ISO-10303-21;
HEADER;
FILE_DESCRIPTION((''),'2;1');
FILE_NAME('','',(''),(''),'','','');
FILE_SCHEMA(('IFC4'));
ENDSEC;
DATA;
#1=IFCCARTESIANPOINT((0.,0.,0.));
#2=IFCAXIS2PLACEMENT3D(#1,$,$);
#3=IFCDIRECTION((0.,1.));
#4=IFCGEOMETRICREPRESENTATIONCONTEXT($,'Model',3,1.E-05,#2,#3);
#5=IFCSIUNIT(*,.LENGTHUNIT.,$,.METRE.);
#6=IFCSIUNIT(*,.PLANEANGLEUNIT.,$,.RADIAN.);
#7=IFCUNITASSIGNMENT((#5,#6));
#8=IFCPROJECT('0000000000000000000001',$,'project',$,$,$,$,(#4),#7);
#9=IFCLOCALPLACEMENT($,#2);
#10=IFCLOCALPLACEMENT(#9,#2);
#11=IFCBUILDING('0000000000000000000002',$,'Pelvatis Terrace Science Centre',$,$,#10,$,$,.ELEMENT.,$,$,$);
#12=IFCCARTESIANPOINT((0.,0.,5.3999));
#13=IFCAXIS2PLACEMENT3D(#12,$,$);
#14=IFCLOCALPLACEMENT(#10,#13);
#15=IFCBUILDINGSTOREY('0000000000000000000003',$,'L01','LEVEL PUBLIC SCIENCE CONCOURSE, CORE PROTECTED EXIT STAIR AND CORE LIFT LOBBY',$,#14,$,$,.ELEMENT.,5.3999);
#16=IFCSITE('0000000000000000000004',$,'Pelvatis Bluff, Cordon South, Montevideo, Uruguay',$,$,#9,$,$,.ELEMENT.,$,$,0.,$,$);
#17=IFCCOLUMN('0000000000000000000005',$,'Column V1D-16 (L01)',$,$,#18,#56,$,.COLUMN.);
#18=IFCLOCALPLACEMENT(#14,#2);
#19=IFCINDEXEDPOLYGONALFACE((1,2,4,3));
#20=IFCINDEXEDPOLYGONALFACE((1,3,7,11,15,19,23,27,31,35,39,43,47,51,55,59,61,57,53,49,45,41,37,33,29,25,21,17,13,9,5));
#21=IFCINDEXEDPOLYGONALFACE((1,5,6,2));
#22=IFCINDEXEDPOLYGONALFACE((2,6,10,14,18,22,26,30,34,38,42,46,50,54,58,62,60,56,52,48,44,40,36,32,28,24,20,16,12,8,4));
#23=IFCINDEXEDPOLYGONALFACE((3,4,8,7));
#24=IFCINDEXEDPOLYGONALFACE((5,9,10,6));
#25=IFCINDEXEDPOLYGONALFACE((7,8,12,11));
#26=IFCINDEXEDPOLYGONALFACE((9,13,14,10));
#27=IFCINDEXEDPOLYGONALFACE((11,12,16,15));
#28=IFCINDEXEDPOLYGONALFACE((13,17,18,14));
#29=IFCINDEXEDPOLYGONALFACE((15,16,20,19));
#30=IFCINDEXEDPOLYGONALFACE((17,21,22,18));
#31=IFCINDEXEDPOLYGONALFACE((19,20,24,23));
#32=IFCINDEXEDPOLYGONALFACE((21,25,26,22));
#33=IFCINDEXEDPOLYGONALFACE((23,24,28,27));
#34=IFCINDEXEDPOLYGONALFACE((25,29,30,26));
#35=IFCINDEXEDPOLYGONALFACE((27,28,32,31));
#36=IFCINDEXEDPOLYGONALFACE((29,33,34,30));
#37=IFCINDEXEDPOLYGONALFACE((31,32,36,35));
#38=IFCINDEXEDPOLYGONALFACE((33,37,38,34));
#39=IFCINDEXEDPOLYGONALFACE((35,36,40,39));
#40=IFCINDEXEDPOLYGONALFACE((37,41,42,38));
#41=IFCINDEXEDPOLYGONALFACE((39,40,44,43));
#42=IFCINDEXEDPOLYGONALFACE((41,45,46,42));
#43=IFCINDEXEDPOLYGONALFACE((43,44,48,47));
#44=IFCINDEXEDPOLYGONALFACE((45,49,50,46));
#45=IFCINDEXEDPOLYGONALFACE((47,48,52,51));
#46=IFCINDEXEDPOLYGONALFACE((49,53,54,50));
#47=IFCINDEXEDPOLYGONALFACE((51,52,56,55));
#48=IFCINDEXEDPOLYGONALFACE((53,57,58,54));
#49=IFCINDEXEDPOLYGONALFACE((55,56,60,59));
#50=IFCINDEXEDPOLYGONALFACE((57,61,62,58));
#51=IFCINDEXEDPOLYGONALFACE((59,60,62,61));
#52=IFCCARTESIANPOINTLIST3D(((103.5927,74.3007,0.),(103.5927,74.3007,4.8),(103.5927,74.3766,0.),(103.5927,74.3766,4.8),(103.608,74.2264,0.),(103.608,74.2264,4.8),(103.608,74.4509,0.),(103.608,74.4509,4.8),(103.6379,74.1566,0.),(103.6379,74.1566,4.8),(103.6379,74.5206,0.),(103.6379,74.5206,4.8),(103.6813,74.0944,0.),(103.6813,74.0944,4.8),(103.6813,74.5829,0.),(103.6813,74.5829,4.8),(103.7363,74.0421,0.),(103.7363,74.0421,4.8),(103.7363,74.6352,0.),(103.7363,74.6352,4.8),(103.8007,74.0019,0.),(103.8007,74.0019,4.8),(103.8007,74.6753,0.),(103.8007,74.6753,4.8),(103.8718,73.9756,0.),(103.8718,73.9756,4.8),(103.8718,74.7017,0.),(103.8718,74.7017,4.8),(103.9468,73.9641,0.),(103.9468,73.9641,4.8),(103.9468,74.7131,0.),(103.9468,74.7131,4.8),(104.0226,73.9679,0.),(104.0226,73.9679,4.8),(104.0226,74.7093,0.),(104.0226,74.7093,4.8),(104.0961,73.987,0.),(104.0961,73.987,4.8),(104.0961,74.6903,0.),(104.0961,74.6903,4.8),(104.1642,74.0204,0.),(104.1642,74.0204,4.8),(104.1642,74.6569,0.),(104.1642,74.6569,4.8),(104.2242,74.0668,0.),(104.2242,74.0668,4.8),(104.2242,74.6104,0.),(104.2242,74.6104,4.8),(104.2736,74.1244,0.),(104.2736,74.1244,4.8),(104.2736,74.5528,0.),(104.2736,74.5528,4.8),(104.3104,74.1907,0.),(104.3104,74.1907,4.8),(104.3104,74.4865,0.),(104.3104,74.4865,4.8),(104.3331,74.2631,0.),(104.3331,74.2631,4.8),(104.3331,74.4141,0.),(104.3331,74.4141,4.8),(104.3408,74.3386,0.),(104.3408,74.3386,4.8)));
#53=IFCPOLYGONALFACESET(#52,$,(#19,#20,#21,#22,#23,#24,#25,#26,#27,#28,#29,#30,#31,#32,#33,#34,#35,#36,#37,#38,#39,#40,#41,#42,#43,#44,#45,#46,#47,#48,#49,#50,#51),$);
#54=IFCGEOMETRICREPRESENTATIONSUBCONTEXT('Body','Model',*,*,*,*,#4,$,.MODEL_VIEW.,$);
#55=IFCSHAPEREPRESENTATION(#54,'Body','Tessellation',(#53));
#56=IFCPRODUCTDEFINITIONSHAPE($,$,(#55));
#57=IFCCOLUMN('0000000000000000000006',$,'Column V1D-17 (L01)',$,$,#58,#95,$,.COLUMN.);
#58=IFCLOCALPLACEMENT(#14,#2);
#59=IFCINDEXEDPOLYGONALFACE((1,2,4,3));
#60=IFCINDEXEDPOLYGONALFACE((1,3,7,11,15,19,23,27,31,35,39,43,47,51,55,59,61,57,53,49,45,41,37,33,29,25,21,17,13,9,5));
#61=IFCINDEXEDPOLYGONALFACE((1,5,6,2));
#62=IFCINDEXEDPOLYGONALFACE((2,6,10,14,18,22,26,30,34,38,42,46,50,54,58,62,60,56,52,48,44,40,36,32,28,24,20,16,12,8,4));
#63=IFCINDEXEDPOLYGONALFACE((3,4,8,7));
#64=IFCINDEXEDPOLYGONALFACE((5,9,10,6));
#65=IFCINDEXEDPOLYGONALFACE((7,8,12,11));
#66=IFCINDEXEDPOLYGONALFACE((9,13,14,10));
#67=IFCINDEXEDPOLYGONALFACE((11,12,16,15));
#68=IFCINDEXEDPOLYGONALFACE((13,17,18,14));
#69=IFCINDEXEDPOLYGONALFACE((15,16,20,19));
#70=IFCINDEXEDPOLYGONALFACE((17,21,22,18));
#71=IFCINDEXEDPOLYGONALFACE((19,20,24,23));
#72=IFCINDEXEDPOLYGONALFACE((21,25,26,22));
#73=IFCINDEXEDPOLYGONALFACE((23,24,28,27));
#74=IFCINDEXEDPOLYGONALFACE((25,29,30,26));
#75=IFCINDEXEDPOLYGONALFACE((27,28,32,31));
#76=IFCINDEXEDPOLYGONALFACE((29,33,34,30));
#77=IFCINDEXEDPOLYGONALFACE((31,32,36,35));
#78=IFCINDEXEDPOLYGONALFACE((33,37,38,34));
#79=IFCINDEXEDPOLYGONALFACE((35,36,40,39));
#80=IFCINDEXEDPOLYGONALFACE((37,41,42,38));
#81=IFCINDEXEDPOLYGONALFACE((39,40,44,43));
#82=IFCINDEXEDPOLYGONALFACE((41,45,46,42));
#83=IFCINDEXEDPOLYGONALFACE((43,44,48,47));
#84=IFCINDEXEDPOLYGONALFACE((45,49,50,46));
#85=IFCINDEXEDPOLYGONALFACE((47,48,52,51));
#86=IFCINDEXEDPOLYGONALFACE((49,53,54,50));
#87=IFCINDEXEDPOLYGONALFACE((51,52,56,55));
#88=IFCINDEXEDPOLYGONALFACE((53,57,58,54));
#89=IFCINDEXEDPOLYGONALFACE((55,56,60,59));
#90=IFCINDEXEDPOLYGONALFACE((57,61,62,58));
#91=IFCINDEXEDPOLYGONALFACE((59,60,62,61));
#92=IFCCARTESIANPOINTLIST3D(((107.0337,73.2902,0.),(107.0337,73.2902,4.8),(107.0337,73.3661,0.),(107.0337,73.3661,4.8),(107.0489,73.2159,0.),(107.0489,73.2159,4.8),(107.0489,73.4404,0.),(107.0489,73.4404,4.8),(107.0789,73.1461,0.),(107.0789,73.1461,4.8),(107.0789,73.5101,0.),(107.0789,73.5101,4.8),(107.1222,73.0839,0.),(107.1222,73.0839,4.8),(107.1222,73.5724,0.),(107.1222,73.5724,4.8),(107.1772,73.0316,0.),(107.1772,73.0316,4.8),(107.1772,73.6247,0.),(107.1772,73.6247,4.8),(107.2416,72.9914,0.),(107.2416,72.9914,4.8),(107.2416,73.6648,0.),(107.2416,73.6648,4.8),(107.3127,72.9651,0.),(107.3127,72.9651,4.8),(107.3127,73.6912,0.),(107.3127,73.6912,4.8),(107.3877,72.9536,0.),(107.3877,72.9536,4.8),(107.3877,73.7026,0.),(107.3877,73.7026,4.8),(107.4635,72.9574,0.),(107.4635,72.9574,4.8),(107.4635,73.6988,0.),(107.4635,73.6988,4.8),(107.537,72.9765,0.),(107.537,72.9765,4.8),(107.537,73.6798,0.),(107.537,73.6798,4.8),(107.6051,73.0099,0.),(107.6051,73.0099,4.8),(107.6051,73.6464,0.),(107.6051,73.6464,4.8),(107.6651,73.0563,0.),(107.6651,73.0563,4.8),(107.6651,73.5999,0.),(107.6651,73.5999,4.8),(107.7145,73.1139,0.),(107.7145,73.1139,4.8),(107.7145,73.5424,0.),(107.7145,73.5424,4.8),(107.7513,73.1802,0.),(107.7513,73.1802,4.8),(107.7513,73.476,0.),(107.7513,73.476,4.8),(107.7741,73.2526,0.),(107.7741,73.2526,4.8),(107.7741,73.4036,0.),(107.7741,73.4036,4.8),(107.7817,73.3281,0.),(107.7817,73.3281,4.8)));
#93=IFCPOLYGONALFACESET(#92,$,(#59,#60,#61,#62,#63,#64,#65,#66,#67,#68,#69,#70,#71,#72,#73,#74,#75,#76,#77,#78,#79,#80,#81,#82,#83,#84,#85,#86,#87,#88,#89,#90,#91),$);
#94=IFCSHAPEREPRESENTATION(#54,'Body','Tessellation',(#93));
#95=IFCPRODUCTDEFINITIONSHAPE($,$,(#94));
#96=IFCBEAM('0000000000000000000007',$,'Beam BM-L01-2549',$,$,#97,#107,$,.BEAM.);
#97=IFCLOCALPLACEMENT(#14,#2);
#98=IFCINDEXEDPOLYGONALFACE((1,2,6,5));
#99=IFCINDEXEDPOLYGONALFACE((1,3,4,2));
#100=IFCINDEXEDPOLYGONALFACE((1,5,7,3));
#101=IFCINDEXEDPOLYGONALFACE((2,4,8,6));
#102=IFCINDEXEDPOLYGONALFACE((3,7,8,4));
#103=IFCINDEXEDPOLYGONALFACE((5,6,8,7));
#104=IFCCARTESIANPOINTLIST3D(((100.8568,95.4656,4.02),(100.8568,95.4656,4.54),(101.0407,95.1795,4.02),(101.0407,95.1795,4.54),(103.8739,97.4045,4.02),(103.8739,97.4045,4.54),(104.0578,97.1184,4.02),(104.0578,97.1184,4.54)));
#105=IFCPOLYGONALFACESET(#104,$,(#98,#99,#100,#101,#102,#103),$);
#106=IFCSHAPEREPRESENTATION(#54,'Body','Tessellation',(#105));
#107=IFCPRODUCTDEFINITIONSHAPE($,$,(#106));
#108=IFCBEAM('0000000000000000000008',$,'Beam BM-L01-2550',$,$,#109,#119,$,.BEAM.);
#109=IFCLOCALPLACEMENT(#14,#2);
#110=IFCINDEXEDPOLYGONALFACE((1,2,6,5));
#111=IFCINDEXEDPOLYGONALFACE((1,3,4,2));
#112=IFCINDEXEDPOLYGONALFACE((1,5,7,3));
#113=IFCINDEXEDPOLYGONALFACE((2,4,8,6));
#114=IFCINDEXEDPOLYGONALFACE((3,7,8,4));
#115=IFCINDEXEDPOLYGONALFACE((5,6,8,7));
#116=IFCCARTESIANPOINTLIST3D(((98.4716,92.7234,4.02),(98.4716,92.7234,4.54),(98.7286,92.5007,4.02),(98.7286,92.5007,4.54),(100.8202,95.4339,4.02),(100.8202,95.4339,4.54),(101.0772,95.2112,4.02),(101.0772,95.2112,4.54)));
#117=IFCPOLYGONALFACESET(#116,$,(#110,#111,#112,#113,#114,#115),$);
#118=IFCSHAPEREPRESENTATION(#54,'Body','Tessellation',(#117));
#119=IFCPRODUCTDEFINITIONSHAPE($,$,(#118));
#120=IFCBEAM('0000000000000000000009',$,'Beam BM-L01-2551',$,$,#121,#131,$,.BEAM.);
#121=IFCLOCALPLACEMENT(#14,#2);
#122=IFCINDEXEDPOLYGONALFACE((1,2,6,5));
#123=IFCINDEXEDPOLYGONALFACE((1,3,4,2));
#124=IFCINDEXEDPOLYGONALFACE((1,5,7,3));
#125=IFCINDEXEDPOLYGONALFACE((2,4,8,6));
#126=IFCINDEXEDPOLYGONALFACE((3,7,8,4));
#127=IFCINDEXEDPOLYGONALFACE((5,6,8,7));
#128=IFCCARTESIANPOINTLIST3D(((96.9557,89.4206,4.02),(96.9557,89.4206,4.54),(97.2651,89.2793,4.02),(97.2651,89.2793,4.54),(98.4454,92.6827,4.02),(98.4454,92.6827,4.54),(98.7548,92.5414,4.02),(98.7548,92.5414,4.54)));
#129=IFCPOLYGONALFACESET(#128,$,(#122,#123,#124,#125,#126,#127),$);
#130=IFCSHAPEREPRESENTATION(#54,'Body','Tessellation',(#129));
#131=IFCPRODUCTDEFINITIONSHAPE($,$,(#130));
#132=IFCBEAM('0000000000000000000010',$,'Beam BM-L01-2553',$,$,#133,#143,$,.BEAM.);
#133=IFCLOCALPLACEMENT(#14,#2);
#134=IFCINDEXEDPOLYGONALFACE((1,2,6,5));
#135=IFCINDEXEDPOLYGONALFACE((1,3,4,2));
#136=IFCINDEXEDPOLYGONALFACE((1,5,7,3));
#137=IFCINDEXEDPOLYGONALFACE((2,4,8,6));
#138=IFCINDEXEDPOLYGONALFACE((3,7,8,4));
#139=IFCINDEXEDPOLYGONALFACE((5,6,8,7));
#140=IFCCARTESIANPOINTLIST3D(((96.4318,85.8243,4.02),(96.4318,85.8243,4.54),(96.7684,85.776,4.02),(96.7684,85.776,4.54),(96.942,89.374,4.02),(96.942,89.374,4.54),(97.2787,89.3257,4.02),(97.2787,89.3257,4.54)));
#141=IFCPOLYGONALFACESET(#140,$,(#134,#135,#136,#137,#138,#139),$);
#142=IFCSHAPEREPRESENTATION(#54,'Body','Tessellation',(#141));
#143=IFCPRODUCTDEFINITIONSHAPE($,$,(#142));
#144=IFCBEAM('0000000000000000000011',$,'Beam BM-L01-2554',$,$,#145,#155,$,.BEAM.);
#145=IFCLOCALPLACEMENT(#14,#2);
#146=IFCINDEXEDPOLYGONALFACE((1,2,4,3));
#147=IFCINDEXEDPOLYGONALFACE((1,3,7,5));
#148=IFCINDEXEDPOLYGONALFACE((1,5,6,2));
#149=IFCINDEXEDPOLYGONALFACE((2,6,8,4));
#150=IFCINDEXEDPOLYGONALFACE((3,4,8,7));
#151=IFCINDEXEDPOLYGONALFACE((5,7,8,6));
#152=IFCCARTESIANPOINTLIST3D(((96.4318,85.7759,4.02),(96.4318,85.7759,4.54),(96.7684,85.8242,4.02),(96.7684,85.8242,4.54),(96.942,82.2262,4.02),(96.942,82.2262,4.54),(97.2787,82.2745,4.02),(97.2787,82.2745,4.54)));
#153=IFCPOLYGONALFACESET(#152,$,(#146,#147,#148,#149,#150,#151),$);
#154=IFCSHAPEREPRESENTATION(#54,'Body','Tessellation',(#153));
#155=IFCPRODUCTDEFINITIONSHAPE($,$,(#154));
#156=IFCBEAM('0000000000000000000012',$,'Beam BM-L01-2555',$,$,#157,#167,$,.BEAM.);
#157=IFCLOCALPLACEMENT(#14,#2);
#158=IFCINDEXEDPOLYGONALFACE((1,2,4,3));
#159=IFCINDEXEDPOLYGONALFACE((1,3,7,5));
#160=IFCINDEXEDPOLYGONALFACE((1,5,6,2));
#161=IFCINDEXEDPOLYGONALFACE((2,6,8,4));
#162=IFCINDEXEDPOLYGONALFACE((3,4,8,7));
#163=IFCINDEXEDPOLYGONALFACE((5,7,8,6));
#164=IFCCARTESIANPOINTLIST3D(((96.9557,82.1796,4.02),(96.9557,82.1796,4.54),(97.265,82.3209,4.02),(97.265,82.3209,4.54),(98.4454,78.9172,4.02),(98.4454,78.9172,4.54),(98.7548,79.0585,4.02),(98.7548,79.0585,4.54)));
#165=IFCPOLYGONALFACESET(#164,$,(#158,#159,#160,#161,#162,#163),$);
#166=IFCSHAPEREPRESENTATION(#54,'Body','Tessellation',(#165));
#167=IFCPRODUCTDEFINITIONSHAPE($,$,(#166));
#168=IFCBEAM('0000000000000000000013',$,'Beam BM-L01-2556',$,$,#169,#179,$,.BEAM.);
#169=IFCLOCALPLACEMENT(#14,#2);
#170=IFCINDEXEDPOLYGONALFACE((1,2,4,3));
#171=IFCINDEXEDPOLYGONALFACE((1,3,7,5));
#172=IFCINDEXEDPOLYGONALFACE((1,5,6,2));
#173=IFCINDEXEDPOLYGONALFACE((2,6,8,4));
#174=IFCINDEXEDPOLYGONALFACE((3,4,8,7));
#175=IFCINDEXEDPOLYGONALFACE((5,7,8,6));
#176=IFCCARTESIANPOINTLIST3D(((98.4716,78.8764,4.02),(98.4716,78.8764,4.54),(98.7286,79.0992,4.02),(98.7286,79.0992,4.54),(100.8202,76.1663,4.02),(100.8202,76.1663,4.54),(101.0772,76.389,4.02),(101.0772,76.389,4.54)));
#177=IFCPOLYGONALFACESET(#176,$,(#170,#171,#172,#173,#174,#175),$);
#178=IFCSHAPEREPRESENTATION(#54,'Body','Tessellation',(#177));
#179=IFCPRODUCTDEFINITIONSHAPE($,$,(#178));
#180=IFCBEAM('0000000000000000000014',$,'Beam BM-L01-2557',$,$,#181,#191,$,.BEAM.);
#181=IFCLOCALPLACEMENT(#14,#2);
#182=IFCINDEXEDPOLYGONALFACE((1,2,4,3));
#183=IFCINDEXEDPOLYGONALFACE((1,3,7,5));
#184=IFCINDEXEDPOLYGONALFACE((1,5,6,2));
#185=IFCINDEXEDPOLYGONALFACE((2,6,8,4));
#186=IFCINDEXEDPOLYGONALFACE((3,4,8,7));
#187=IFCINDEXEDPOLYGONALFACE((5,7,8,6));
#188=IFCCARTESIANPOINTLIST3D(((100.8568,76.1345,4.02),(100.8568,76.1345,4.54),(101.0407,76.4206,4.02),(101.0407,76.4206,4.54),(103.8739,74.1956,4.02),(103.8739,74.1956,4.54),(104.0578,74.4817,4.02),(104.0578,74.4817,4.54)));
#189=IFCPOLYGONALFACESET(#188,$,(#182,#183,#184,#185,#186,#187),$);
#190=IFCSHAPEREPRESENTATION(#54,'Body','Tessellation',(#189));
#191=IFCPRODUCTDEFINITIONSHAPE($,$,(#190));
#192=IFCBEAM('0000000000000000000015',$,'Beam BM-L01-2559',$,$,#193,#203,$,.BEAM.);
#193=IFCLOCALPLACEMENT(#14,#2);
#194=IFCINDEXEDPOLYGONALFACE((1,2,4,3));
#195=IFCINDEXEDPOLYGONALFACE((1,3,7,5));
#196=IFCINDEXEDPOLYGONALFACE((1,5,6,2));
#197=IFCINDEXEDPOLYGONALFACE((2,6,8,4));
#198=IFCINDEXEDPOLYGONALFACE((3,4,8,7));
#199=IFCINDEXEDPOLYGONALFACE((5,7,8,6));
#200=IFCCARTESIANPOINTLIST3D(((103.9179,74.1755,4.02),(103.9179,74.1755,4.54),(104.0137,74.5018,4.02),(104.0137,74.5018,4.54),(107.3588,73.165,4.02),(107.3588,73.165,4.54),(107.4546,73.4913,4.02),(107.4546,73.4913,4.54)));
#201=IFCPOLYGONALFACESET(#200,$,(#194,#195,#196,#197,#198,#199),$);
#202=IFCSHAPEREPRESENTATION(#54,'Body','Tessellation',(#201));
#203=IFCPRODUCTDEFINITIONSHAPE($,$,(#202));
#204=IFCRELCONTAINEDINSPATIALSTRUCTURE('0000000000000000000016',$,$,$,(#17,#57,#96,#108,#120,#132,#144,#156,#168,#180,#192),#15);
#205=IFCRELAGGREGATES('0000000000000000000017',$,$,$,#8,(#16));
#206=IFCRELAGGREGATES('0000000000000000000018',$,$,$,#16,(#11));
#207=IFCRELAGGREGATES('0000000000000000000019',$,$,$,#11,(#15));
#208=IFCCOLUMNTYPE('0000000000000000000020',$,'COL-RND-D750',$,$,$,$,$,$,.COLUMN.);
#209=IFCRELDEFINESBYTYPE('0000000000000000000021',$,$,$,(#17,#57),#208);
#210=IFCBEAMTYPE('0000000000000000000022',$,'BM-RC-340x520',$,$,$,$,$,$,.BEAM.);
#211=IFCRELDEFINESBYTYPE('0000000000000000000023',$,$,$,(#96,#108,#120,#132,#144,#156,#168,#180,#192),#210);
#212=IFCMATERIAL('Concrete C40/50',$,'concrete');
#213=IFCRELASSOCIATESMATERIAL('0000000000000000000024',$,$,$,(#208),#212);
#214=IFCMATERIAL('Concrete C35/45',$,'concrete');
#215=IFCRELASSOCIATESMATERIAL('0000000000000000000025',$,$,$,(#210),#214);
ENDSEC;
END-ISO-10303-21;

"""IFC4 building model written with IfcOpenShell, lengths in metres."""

from ifc_helpers import new_model, si_unit, direction, frame, origin, origin_2d, place, context, subcontext, project, spatial, rectangle, circle, extrude, material, material_profile, profile_set, type_object, element, save


model = new_model("IFC4")

# Units and contexts
model_context = context("Model", 3, precision=1e-05, world=origin(), true_north=direction((0.0, 1.0)))
body_context = subcontext(model_context, "Body", "Model", "MODEL_VIEW")
ifc_project = project(units=[si_unit("LENGTHUNIT", "METRE"), si_unit("PLANEANGLEUNIT", "RADIAN")], contexts=[model_context])

# Site, building, storey
site_placement = place(None, origin())
site = spatial("IfcSite", under=ifc_project, at=site_placement, Name="Pelvatis Bluff, Cordon South, Montevideo, Uruguay", CompositionType="ELEMENT", RefElevation=0.0)
building_placement = place(site_placement, origin())
building = spatial("IfcBuilding", under=site, at=building_placement, Name="Pelvatis Terrace Science Centre", CompositionType="ELEMENT")
storey_placement = place(building_placement, frame((0.0, 0.0, 5.3999)))
storey = spatial("IfcBuildingStorey", under=building, at=storey_placement, Name="L01", Description="LEVEL PUBLIC SCIENCE CONCOURSE, CORE PROTECTED EXIT STAIR AND CORE LIFT LOBBY", CompositionType="ELEMENT", Elevation=5.3999)

# Columns
ifc_material_1 = material(Name="Concrete C40/50", Category="concrete")
ifc_material_profile_1 = material_profile(ifc_material_1, circle(Radius=0.375, at=origin_2d()), Name="RC-RCOL D750")
ifc_profile_set_1 = profile_set([ifc_material_profile_1], Name="Concrete C40/50")
column_type_1 = type_object("IfcColumnType", Name="COL-RND-D750", PredefinedType="COLUMN", material=ifc_profile_set_1)
for number, where, z_axis, x_axis, name in (
    (1, (103.9658, 74.3386, 0.0), (0.0, 0.0, 1.0), (1.0, 0.0, 0.0), "Column V1D-16 (L01)"),
    (2, (107.4067, 73.3281, 0.0), (0.0, 0.0, 1.0), (1.0, 0.0, 0.0), "Column V1D-17 (L01)"),
):
    element("IfcColumn", number, at=place(storey_placement, frame(where, z_axis=z_axis, x_axis=x_axis)), inside=storey, type_object=column_type_1, Name=name, PredefinedType="COLUMN", context=body_context, shape_type="SweptSolid", body=[
        extrude(circle(Radius=0.375, at=origin_2d()), origin(), (0.0, 0.0, 1.0), 4.8),
    ])

# Beams
ifc_material_2 = material(Name="Concrete C35/45", Category="concrete")
ifc_material_profile_2 = material_profile(ifc_material_2, rectangle(XDim=0.3401, YDim=0.52, at=origin_2d()), Name="RC-BM 340x520")
ifc_profile_set_2 = profile_set([ifc_material_profile_2], Name="Concrete C35/45")
beam_type_1 = type_object("IfcBeamType", Name="BM-RC-340x520", PredefinedType="BEAM", material=ifc_profile_set_2)
for number, where, z_axis, x_axis, name in (
    (3, (103.9658, 97.2615, 4.28), (-0.841254, -0.540641, 0.0), (0.540641, -0.841254, 0.0), "Beam BM-L01-2549"),
    (4, (100.9487, 95.3225, 4.28), (-0.654863, -0.755747, 0.0), (0.755747, -0.654863, 0.0), "Beam BM-L01-2550"),
):
    element("IfcBeam", number, at=place(storey_placement, frame(where, z_axis=z_axis, x_axis=x_axis)), inside=storey, type_object=beam_type_1, Name=name, PredefinedType="BEAM", context=body_context, shape_type="SweptSolid", body=[
        extrude(rectangle(XDim=0.3401, YDim=0.52, at=origin_2d()), origin(), (0.0, 0.0, 1.0), 3.5864),
    ])
for number, where, z_axis, x_axis, name in (
    (5, (98.6001, 92.6121, 4.28), (-0.415403, -0.909638, 0.0), (0.909638, -0.415403, 0.0), "Beam BM-L01-2551"),
    (6, (97.1104, 89.3499, 4.28), (-0.142279, -0.989827, 0.0), (0.989827, -0.142279, 0.0), "Beam BM-L01-2553"),
    (7, (96.6001, 85.8, 4.28), (0.142279, -0.989827, 0.0), (0.989827, 0.142279, 0.0), "Beam BM-L01-2554"),
):
    element("IfcBeam", number, at=place(storey_placement, frame(where, z_axis=z_axis, x_axis=x_axis)), inside=storey, type_object=beam_type_1, Name=name, PredefinedType="BEAM", context=body_context, shape_type="SweptSolid", body=[
        extrude(rectangle(XDim=0.3401, YDim=0.52, at=origin_2d()), origin(), (0.0, 0.0, 1.0), 3.5862),
    ])
beam_1_placement = place(storey_placement, frame((97.1104, 82.2502, 4.28), z_axis=(0.415377, -0.909649, 0.0), x_axis=(0.909649, 0.415377, 0.0)))
element("IfcBeam", 8, at=beam_1_placement, inside=storey, type_object=beam_type_1, Name="Beam BM-L01-2555", PredefinedType="BEAM", context=body_context, shape_type="SweptSolid", body=[
    extrude(rectangle(XDim=0.3401, YDim=0.52, at=origin_2d()), origin(), (0.0, 0.0, 1.0), 3.5864),
])
beam_2_placement = place(storey_placement, frame((98.6001, 78.9878, 4.28), z_axis=(0.654897, -0.755718, 0.0), x_axis=(0.755718, 0.654897, 0.0)))
element("IfcBeam", 9, at=beam_2_placement, inside=storey, type_object=beam_type_1, Name="Beam BM-L01-2556", PredefinedType="BEAM", context=body_context, shape_type="SweptSolid", body=[
    extrude(rectangle(XDim=0.3401, YDim=0.52, at=origin_2d()), origin(), (0.0, 0.0, 1.0), 3.5862),
])
beam_3_placement = place(storey_placement, frame((100.9487, 76.2776, 4.28), z_axis=(0.841254, -0.540641, 0.0), x_axis=(0.540641, 0.841254, 0.0)))
element("IfcBeam", 10, at=beam_3_placement, inside=storey, type_object=beam_type_1, Name="Beam BM-L01-2557", PredefinedType="BEAM", context=body_context, shape_type="SweptSolid", body=[
    extrude(rectangle(XDim=0.3401, YDim=0.52, at=origin_2d()), origin(), (0.0, 0.0, 1.0), 3.5864),
])
beam_4_placement = place(storey_placement, frame((103.9658, 74.3386, 4.28), z_axis=(0.959481, -0.281772, 0.0), x_axis=(0.281772, 0.959481, 0.0)))
element("IfcBeam", 11, at=beam_4_placement, inside=storey, type_object=beam_type_1, Name="Beam BM-L01-2559", PredefinedType="BEAM", context=body_context, shape_type="SweptSolid", body=[
    extrude(rectangle(XDim=0.3401, YDim=0.52, at=origin_2d()), origin(), (0.0, 0.0, 1.0), 3.5862),
])

save(model, "model.ifc")
